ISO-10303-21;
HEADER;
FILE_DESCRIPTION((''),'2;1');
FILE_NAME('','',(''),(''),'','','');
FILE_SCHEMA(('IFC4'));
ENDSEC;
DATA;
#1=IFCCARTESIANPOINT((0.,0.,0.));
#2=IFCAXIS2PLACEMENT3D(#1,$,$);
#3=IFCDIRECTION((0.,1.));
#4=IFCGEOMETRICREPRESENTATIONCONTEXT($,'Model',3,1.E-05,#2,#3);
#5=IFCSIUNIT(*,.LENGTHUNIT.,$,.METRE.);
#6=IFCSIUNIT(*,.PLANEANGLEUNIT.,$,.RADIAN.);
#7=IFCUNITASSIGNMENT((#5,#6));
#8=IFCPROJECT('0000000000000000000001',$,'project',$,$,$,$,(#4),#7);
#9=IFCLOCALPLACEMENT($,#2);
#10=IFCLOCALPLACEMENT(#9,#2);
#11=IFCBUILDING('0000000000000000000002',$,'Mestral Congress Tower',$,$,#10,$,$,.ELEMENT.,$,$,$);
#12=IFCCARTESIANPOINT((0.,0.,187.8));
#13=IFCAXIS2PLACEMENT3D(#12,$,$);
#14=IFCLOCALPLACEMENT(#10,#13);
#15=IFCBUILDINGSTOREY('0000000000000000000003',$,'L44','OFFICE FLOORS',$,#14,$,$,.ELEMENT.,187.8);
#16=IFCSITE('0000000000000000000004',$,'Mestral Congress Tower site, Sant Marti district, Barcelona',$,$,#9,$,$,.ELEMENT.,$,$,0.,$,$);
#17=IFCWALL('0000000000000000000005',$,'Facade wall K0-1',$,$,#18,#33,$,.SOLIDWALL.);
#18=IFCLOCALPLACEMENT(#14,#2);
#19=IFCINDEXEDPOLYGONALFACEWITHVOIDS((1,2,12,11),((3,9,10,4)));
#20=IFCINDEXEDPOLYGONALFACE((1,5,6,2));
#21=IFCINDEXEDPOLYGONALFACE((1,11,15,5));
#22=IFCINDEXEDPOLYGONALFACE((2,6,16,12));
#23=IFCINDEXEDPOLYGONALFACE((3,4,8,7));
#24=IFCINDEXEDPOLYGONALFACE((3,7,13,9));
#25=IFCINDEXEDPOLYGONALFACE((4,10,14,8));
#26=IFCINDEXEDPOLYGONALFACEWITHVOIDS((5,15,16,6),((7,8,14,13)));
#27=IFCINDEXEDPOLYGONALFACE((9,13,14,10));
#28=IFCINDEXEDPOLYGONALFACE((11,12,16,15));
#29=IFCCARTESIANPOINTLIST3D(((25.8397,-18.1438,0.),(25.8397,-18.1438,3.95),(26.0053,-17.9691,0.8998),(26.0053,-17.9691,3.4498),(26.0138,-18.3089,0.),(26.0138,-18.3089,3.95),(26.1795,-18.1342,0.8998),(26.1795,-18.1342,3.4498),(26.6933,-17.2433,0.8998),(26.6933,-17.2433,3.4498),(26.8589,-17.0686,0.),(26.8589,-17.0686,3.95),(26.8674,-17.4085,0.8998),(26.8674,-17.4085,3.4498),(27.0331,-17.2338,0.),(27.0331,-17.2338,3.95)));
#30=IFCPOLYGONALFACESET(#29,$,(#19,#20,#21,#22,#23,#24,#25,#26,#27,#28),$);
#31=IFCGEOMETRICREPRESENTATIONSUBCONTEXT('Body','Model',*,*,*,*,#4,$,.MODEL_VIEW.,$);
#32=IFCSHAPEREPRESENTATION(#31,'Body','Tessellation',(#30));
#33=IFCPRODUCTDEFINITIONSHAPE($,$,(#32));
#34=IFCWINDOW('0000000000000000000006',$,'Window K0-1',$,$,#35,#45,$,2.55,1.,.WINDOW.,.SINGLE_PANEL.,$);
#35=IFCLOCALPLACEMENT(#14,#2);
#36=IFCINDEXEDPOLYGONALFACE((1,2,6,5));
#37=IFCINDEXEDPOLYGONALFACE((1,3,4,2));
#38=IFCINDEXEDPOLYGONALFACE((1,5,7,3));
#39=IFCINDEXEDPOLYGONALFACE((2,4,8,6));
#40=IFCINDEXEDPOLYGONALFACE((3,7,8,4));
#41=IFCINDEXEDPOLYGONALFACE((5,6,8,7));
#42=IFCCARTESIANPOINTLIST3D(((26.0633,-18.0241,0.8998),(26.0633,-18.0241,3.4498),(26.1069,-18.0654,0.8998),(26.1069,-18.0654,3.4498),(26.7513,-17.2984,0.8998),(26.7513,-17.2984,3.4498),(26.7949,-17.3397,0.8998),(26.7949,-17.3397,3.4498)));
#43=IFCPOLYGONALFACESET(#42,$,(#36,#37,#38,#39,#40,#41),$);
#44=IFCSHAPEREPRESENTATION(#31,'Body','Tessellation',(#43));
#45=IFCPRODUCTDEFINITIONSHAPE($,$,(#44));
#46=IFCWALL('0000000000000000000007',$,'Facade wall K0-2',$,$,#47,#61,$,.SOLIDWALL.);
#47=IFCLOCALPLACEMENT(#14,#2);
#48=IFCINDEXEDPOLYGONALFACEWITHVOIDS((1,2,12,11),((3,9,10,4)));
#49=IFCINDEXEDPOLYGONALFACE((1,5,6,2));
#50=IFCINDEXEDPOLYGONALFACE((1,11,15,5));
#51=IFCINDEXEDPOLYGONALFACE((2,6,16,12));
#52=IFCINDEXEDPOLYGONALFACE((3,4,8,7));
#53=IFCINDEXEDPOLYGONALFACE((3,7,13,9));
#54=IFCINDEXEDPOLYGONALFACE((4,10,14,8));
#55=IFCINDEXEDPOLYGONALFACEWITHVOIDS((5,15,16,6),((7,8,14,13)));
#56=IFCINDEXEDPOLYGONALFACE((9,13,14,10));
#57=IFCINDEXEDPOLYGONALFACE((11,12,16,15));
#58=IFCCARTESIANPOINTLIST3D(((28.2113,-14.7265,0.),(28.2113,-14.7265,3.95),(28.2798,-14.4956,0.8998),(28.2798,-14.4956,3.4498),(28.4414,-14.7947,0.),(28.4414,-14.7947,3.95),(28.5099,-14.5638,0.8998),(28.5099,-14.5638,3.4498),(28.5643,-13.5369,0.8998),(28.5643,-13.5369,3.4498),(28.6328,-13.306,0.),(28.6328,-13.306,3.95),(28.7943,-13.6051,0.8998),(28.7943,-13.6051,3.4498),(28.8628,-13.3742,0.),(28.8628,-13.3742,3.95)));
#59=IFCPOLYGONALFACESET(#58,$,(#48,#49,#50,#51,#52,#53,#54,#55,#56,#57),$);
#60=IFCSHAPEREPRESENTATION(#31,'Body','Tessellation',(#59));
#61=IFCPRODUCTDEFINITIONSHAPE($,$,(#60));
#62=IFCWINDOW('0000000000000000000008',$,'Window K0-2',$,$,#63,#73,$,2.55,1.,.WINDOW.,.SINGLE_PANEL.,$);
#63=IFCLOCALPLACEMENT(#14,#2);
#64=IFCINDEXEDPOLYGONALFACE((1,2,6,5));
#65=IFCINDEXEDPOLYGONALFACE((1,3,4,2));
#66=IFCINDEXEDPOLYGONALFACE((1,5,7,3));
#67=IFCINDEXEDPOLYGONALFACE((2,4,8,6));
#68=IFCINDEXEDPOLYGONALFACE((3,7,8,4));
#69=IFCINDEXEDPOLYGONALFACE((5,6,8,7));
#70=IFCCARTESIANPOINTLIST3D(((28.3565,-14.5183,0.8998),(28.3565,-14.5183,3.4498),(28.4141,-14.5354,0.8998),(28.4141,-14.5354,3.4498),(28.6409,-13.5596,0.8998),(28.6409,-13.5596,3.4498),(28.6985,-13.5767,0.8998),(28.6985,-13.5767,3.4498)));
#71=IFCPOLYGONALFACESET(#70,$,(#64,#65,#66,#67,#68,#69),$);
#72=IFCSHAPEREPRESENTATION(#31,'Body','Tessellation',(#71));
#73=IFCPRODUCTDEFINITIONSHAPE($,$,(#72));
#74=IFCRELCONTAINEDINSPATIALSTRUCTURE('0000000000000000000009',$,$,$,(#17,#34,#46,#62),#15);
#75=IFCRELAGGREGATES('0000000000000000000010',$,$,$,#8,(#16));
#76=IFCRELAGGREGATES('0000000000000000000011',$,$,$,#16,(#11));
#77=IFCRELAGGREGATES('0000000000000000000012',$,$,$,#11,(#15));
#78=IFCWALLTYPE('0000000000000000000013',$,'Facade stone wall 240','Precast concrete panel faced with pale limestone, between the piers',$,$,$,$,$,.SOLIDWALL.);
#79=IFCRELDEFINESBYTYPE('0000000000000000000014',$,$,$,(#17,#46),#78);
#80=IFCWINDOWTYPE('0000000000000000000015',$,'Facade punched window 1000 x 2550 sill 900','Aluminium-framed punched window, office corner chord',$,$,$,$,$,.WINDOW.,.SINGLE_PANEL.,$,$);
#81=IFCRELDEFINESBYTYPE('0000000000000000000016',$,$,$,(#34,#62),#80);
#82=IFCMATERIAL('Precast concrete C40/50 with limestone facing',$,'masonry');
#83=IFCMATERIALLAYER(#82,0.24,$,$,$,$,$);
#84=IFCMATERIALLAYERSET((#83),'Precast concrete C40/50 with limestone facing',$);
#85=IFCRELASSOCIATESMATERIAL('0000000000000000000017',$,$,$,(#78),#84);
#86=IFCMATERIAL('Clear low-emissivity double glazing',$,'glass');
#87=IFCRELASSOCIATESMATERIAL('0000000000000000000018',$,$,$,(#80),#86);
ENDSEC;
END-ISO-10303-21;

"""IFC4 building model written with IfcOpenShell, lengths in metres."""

from ifc_helpers import new_model, si_unit, direction, frame, frame_2d, origin, place, context, subcontext, project, spatial, rectangle, extrude, material, layer, layer_set, type_object, element, fill, save


model = new_model("IFC4")

# Units and contexts
model_context = context("Model", 3, precision=1e-05, world=origin(), true_north=direction((0.0, 1.0)))
body_context = subcontext(model_context, "Body", "Model", "MODEL_VIEW")
ifc_project = project(units=[si_unit("LENGTHUNIT", "METRE"), si_unit("PLANEANGLEUNIT", "RADIAN")], contexts=[model_context])

# Site, building, storey
site_placement = place(None, origin())
site = spatial("IfcSite", under=ifc_project, at=site_placement, Name="Mestral Congress Tower site, Sant Marti district, Barcelona", CompositionType="ELEMENT", RefElevation=0.0)
building_placement = place(site_placement, origin())
building = spatial("IfcBuilding", under=site, at=building_placement, Name="Mestral Congress Tower", CompositionType="ELEMENT")
storey_placement = place(building_placement, frame((0.0, 0.0, 187.8)))
storey = spatial("IfcBuildingStorey", under=building, at=storey_placement, Name="L44", Description="OFFICE FLOORS", CompositionType="ELEMENT", Elevation=187.8)

# Shared definitions
ifc_material_1 = material(Name="Precast concrete C40/50 with limestone facing", Category="masonry")
ifc_layer = layer(ifc_material_1, 0.24)
ifc_layer_set = layer_set([ifc_layer], Name="Precast concrete C40/50 with limestone facing")
wall_type = type_object("IfcWallType", Name="Facade stone wall 240", Description="Precast concrete panel faced with pale limestone, between the piers", PredefinedType="SOLIDWALL", material=ifc_layer_set)
ifc_material_2 = material(Name="Clear low-emissivity double glazing", Category="glass")

# Walls, openings, windows
window_type_1 = type_object("IfcWindowType", Name="Facade punched window 1000 x 2550 sill 900", Description="Aluminium-framed punched window, office corner chord", PartitioningType="SINGLE_PANEL", PredefinedType="WINDOW", material=ifc_material_2)
wall_1_placement = place(storey_placement, frame((25.9268, -18.2263, 0.0), z_axis=(0.0, 0.0, 1.0), x_axis=(0.687987, 0.725723, 0.0)))
wall_1 = element("IfcWall", 1, at=wall_1_placement, inside=storey, type_object=wall_type, Name="Facade wall K0-1", PredefinedType="SOLIDWALL", context=body_context, shape_type="SweptSolid", body=[
    extrude(rectangle(XDim=1.4814, YDim=0.24, at=frame_2d((0.7407, 0.0))), origin(), (0.0, 0.0, 1.0), 3.95),
])
opening_1_placement = place(wall_1_placement, frame((0.2407, 0.0, 0.8999)))
opening_1 = element("IfcOpeningElement", 2, at=opening_1_placement, cuts=wall_1, PredefinedType="OPENING", context=body_context, shape_type="SweptSolid", body=[
    extrude(rectangle(XDim=1.0, YDim=2.55, at=frame_2d((0.5, 1.2749))), frame((0.0, 0.1299, 0.0), z_axis=(0.0, -1.0, 0.0), x_axis=(1.0, 0.0, 0.0)), (0.0, 0.0, 1.0), 0.26),
])
window_1_placement = place(opening_1_placement, origin())
window_1 = element("IfcWindow", 3, at=window_1_placement, inside=storey, type_object=window_type_1, Name="Window K0-1", OverallHeight=2.55, OverallWidth=1.0, PartitioningType="SINGLE_PANEL", PredefinedType="WINDOW", context=body_context, shape_type="SweptSolid", body=[
    extrude(rectangle(XDim=1.0, YDim=2.55, at=frame_2d((0.5, 1.2749))), frame((0.0, 0.04, 0.0), z_axis=(0.0, -1.0, 0.0), x_axis=(1.0, 0.0, 0.0)), (0.0, 0.0, 1.0), 0.0601),
])
fill(opening_1, window_1)
wall_2_placement = place(storey_placement, frame((28.3264, -14.7605, 0.0), z_axis=(0.0, 0.0, 1.0), x_axis=(0.284414, 0.958702, 0.0)))
wall_2 = element("IfcWall", 4, at=wall_2_placement, inside=storey, type_object=wall_type, Name="Facade wall K0-2", PredefinedType="SOLIDWALL", context=body_context, shape_type="SweptSolid", body=[
    extrude(rectangle(XDim=1.4817, YDim=0.24, at=frame_2d((0.7407, 0.0))), origin(), (0.0, 0.0, 1.0), 3.95),
])
opening_2_placement = place(wall_2_placement, frame((0.2407, 0.0, 0.8999)))
opening_2 = element("IfcOpeningElement", 5, at=opening_2_placement, cuts=wall_2, PredefinedType="OPENING", context=body_context, shape_type="SweptSolid", body=[
    extrude(rectangle(XDim=1.0, YDim=2.55, at=frame_2d((0.5, 1.2749))), frame((0.0, 0.1299, 0.0), z_axis=(0.0, -1.0, 0.0), x_axis=(1.0, 0.0, 0.0)), (0.0, 0.0, 1.0), 0.26),
])
window_2_placement = place(opening_2_placement, origin())
window_2 = element("IfcWindow", 6, at=window_2_placement, inside=storey, type_object=window_type_1, Name="Window K0-2", OverallHeight=2.55, OverallWidth=1.0, PartitioningType="SINGLE_PANEL", PredefinedType="WINDOW", context=body_context, shape_type="SweptSolid", body=[
    extrude(rectangle(XDim=1.0, YDim=2.55, at=frame_2d((0.5, 1.2749))), frame((0.0, 0.04, 0.0), z_axis=(0.0, -1.0, 0.0), x_axis=(1.0, 0.0, 0.0)), (0.0, 0.0, 1.0), 0.0601),
])
fill(opening_2, window_2)

save(model, "model.ifc")
